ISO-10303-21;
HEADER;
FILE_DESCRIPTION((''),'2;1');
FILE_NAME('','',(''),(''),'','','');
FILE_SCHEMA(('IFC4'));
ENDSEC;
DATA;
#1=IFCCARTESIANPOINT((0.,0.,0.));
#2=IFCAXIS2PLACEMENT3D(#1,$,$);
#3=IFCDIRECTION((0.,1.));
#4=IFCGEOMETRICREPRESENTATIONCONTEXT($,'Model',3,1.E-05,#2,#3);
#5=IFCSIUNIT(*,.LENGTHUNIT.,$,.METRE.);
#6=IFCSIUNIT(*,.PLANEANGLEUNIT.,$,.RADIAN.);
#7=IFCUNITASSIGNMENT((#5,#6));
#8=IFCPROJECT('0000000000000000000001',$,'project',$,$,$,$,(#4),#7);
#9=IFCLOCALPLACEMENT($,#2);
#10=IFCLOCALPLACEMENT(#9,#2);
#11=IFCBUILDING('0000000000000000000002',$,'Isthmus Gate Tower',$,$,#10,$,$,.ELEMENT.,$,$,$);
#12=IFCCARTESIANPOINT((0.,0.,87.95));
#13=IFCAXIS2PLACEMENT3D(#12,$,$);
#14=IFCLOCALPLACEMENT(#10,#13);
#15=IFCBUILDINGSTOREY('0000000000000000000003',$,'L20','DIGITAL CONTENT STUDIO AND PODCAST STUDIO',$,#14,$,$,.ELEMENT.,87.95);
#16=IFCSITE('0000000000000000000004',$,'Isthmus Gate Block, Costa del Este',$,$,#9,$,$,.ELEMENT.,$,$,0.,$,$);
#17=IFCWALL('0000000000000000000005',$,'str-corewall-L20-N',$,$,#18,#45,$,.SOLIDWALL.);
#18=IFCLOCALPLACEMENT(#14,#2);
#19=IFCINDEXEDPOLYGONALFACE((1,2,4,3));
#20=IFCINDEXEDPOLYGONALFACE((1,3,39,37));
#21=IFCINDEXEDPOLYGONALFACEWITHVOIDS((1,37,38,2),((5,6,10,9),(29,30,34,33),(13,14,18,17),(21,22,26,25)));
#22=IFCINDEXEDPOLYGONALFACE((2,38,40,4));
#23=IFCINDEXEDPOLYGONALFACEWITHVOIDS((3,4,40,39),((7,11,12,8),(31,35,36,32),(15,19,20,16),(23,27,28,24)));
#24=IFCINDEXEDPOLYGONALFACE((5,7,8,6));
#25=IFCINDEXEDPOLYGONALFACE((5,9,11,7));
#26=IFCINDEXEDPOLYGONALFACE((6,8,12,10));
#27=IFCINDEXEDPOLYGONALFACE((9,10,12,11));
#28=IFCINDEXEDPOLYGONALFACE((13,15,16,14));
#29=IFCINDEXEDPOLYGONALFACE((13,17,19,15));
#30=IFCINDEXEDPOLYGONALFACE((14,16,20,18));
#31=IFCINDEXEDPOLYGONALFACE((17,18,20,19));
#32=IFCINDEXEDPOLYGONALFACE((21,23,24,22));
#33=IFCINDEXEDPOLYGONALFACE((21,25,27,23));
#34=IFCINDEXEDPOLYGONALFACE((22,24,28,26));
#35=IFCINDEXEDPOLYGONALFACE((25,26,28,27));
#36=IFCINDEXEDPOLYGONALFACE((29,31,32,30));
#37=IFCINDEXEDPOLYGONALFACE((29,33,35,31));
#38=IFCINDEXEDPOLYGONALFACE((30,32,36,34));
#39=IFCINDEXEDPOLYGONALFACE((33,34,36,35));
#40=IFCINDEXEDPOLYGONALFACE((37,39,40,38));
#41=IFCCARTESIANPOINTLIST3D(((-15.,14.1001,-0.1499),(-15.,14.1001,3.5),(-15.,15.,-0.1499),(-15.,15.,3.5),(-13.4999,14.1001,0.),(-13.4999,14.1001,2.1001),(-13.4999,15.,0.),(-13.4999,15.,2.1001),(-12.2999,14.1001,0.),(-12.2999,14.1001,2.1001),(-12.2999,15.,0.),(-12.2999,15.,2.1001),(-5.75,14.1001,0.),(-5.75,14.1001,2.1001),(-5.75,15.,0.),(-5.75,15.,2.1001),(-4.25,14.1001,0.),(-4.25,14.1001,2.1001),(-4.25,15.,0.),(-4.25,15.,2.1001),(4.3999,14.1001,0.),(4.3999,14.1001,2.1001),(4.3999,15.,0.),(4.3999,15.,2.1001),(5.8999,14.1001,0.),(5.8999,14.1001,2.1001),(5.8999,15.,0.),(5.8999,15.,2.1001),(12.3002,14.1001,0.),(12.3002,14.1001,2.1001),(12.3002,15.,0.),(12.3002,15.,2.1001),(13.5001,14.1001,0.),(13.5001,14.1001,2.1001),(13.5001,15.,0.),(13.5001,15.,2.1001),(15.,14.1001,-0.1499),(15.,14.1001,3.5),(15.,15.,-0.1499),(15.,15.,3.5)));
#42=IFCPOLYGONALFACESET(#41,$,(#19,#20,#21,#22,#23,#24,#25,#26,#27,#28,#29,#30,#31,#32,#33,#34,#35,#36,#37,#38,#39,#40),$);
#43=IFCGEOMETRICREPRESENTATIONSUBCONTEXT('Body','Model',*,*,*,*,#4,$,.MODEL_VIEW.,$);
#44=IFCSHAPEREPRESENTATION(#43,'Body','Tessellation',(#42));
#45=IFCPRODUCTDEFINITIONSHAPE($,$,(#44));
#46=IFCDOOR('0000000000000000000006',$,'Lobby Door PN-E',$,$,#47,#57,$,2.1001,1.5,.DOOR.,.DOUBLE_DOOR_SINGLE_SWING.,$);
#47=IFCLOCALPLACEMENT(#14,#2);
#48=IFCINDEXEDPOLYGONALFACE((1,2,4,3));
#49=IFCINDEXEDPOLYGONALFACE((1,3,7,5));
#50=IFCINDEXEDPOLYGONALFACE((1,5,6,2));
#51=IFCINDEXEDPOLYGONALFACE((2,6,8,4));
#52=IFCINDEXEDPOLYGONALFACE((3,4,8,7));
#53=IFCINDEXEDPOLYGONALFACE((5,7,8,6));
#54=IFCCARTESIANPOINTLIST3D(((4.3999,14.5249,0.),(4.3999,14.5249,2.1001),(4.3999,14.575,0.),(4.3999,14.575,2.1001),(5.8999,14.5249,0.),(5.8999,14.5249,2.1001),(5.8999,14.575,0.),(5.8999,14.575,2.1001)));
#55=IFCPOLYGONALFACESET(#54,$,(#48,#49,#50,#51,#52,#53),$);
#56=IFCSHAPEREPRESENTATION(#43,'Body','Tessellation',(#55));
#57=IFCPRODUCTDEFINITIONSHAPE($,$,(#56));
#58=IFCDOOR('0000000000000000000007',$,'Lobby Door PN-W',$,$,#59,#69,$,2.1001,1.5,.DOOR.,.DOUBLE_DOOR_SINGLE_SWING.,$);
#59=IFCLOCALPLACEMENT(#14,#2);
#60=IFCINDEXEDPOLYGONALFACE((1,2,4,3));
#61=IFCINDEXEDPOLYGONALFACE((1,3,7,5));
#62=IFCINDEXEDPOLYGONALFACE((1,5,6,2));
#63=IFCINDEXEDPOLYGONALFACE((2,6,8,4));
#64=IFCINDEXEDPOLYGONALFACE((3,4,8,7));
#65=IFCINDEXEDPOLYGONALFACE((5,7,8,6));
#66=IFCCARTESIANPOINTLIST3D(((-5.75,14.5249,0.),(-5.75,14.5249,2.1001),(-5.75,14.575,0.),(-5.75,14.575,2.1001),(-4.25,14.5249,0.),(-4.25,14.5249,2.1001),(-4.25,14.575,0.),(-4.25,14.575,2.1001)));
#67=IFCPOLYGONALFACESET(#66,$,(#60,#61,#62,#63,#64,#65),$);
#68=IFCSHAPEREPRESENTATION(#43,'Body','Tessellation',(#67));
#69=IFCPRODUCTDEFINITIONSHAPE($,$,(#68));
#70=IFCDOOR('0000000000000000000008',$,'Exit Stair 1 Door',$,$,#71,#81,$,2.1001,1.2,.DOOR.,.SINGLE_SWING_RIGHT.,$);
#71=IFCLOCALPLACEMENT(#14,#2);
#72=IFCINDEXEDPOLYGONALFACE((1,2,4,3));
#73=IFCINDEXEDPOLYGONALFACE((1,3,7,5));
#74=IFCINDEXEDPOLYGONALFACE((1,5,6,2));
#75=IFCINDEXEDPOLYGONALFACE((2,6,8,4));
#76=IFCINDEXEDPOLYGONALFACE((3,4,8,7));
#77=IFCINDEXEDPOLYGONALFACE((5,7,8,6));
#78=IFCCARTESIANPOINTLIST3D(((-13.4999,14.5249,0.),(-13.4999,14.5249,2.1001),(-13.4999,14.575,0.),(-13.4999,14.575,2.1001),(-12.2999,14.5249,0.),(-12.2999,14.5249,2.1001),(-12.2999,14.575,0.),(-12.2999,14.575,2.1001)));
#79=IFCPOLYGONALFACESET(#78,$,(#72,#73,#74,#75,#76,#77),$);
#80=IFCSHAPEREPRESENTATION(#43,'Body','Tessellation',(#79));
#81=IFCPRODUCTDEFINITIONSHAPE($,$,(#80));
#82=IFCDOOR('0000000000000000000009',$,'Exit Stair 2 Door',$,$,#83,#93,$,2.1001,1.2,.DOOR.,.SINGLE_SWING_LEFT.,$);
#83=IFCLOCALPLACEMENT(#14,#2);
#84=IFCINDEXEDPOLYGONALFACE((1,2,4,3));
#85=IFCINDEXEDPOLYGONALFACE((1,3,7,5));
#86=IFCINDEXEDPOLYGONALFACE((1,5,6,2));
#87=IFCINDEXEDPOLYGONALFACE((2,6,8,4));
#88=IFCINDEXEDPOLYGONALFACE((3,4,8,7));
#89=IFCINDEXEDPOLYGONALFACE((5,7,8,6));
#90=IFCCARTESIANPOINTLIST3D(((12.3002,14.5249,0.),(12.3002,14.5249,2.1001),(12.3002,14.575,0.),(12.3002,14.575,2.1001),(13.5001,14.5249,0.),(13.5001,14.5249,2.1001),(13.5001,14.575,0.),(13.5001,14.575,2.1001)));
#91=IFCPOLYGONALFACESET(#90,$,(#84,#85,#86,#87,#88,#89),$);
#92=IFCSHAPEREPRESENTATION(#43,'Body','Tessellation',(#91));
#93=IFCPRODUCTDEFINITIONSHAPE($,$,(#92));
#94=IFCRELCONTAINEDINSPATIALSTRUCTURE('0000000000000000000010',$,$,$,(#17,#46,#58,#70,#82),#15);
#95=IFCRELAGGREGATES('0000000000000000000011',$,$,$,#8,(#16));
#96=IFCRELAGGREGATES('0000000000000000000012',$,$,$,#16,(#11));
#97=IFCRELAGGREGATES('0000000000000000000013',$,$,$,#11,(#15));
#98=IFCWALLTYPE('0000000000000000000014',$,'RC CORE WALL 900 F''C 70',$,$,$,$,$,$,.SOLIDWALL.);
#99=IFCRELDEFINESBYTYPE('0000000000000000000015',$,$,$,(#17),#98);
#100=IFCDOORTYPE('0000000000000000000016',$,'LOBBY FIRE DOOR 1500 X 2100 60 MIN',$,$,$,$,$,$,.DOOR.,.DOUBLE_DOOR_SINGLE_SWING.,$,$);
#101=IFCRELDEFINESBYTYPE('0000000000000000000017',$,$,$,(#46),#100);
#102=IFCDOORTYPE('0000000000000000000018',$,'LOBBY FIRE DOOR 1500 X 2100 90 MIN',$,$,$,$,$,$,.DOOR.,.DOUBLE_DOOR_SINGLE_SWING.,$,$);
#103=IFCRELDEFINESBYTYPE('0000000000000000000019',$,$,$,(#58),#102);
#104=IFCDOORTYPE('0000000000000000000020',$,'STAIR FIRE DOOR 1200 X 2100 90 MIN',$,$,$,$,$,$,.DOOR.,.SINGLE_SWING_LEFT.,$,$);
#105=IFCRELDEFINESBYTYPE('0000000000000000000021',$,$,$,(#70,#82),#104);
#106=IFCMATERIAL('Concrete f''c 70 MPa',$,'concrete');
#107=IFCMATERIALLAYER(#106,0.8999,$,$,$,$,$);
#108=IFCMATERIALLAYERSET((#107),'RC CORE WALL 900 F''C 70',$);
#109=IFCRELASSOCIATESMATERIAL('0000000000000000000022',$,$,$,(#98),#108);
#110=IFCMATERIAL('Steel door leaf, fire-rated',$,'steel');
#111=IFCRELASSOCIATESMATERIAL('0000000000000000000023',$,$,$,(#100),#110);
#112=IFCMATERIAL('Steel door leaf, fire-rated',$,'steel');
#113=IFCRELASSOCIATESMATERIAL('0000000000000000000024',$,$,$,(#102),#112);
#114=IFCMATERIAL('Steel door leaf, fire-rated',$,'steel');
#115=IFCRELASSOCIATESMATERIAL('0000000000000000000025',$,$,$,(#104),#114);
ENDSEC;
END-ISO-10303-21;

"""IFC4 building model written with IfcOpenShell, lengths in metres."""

from ifc_helpers import new_model, si_unit, direction, frame, frame_2d, origin, place, context, subcontext, project, spatial, rectangle, extrude, material, layer, layer_set, type_object, element, fill, save


model = new_model("IFC4")

# Units and contexts
model_context = context("Model", 3, precision=1e-05, world=origin(), true_north=direction((0.0, 1.0)))
body_context = subcontext(model_context, "Body", "Model", "MODEL_VIEW")
ifc_project = project(units=[si_unit("LENGTHUNIT", "METRE"), si_unit("PLANEANGLEUNIT", "RADIAN")], contexts=[model_context])

# Site, building, storey
site_placement = place(None, origin())
site = spatial("IfcSite", under=ifc_project, at=site_placement, Name="Isthmus Gate Block, Costa del Este", CompositionType="ELEMENT", RefElevation=0.0)
building_placement = place(site_placement, origin())
building = spatial("IfcBuilding", under=site, at=building_placement, Name="Isthmus Gate Tower", CompositionType="ELEMENT")
storey_placement = place(building_placement, frame((0.0, 0.0, 87.95)))
storey = spatial("IfcBuildingStorey", under=building, at=storey_placement, Name="L20", Description="DIGITAL CONTENT STUDIO AND PODCAST STUDIO", CompositionType="ELEMENT", Elevation=87.95)

# Wall, openings, doors
ifc_material_1 = material(Name="Concrete f'c 70 MPa", Category="concrete")
ifc_layer_1 = layer(ifc_material_1, 0.8999)
ifc_layer_set_1 = layer_set([ifc_layer_1], Name="RC CORE WALL 900 F'C 70")
wall_type_1 = type_object("IfcWallType", Name="RC CORE WALL 900 F'C 70", PredefinedType="SOLIDWALL", material=ifc_layer_set_1)
wall_1_placement = place(storey_placement, frame((-15.0, 14.55, -0.1499), z_axis=(0.0, 0.0, 1.0), x_axis=(1.0, 0.0, 0.0)))
wall_1 = element("IfcWall", 1, at=wall_1_placement, inside=storey, type_object=wall_type_1, Name="str-corewall-L20-N", PredefinedType="SOLIDWALL", context=body_context, shape_type="SweptSolid", body=[
    extrude(rectangle(XDim=30.0, YDim=0.8999, at=frame_2d((15.0, 0.0))), origin(), (0.0, 0.0, 1.0), 3.6499),
])
opening_1_placement = place(wall_1_placement, frame((9.25, 0.0, 0.1499)))
opening_1 = element("IfcOpeningElement", 2, at=opening_1_placement, cuts=wall_1, PredefinedType="OPENING", context=body_context, shape_type="SweptSolid", body=[
    extrude(rectangle(XDim=1.5, YDim=2.1001, at=frame_2d((0.75, 1.05))), frame((0.0, 0.46, 0.0), z_axis=(0.0, -1.0, 0.0), x_axis=(1.0, 0.0, 0.0)), (0.0, 0.0, 1.0), 0.9199),
])
opening_2_placement = place(wall_1_placement, frame((19.3999, 0.0, 0.1499)))
opening_2 = element("IfcOpeningElement", 3, at=opening_2_placement, cuts=wall_1, PredefinedType="OPENING", context=body_context, shape_type="SweptSolid", body=[
    extrude(rectangle(XDim=1.5, YDim=2.1001, at=frame_2d((0.75, 1.05))), frame((0.0, 0.46, 0.0), z_axis=(0.0, -1.0, 0.0), x_axis=(1.0, 0.0, 0.0)), (0.0, 0.0, 1.0), 0.9199),
])
opening_3_placement = place(wall_1_placement, frame((1.5, 0.0, 0.1499)))
opening_3 = element("IfcOpeningElement", 4, at=opening_3_placement, cuts=wall_1, PredefinedType="OPENING", context=body_context, shape_type="SweptSolid", body=[
    extrude(rectangle(XDim=1.2, YDim=2.1001, at=frame_2d((0.6001, 1.05))), frame((0.0, 0.46, 0.0), z_axis=(0.0, -1.0, 0.0), x_axis=(1.0, 0.0, 0.0)), (0.0, 0.0, 1.0), 0.9199),
])
opening_4_placement = place(wall_1_placement, frame((27.3, 0.0, 0.1499)))
opening_4 = element("IfcOpeningElement", 5, at=opening_4_placement, cuts=wall_1, PredefinedType="OPENING", context=body_context, shape_type="SweptSolid", body=[
    extrude(rectangle(XDim=1.2, YDim=2.1001, at=frame_2d((0.6001, 1.05))), frame((0.0, 0.46, 0.0), z_axis=(0.0, -1.0, 0.0), x_axis=(1.0, 0.0, 0.0)), (0.0, 0.0, 1.0), 0.9199),
])
ifc_material_2 = material(Name="Steel door leaf, fire-rated", Category="steel")
door_type_1 = type_object("IfcDoorType", Name="LOBBY FIRE DOOR 1500 X 2100 60 MIN", OperationType="DOUBLE_DOOR_SINGLE_SWING", PredefinedType="DOOR", material=ifc_material_2)
door_1_placement = place(opening_2_placement, origin())
door_1 = element("IfcDoor", 6, at=door_1_placement, inside=storey, type_object=door_type_1, Name="Lobby Door PN-E", OperationType="DOUBLE_DOOR_SINGLE_SWING", OverallHeight=2.1001, OverallWidth=1.5, PredefinedType="DOOR", context=body_context, shape_type="SweptSolid", body=[
    extrude(rectangle(XDim=1.5, YDim=2.1001, at=frame_2d((0.75, 1.05))), frame((0.0, 0.0249, 0.0), z_axis=(0.0, -1.0, 0.0), x_axis=(1.0, 0.0, 0.0)), (0.0, 0.0, 1.0), 0.05),
])
fill(opening_2, door_1)
ifc_material_3 = material(Name="Steel door leaf, fire-rated", Category="steel")
door_type_2 = type_object("IfcDoorType", Name="LOBBY FIRE DOOR 1500 X 2100 90 MIN", OperationType="DOUBLE_DOOR_SINGLE_SWING", PredefinedType="DOOR", material=ifc_material_3)
door_2_placement = place(opening_1_placement, origin())
door_2 = element("IfcDoor", 7, at=door_2_placement, inside=storey, type_object=door_type_2, Name="Lobby Door PN-W", OperationType="DOUBLE_DOOR_SINGLE_SWING", OverallHeight=2.1001, OverallWidth=1.5, PredefinedType="DOOR", context=body_context, shape_type="SweptSolid", body=[
    extrude(rectangle(XDim=1.5, YDim=2.1001, at=frame_2d((0.75, 1.05))), frame((0.0, 0.0249, 0.0), z_axis=(0.0, -1.0, 0.0), x_axis=(1.0, 0.0, 0.0)), (0.0, 0.0, 1.0), 0.05),
])
fill(opening_1, door_2)
ifc_material_4 = material(Name="Steel door leaf, fire-rated", Category="steel")
door_type_3 = type_object("IfcDoorType", Name="STAIR FIRE DOOR 1200 X 2100 90 MIN", OperationType="SINGLE_SWING_LEFT", PredefinedType="DOOR", material=ifc_material_4)
door_3_placement = place(opening_3_placement, origin())
door_3 = element("IfcDoor", 8, at=door_3_placement, inside=storey, type_object=door_type_3, Name="Exit Stair 1 Door", OperationType="SINGLE_SWING_RIGHT", OverallHeight=2.1001, OverallWidth=1.2, PredefinedType="DOOR", context=body_context, shape_type="SweptSolid", body=[
    extrude(rectangle(XDim=1.2, YDim=2.1001, at=frame_2d((0.6001, 1.05))), frame((0.0, 0.0249, 0.0), z_axis=(0.0, -1.0, 0.0), x_axis=(1.0, 0.0, 0.0)), (0.0, 0.0, 1.0), 0.05),
])
fill(opening_3, door_3)
door_4_placement = place(opening_4_placement, origin())
door_4 = element("IfcDoor", 9, at=door_4_placement, inside=storey, type_object=door_type_3, Name="Exit Stair 2 Door", OperationType="SINGLE_SWING_LEFT", OverallHeight=2.1001, OverallWidth=1.2, PredefinedType="DOOR", context=body_context, shape_type="SweptSolid", body=[
    extrude(rectangle(XDim=1.2, YDim=2.1001, at=frame_2d((0.6001, 1.05))), frame((0.0, 0.0249, 0.0), z_axis=(0.0, -1.0, 0.0), x_axis=(1.0, 0.0, 0.0)), (0.0, 0.0, 1.0), 0.05),
])
fill(opening_4, door_4)

save(model, "model.ifc")
